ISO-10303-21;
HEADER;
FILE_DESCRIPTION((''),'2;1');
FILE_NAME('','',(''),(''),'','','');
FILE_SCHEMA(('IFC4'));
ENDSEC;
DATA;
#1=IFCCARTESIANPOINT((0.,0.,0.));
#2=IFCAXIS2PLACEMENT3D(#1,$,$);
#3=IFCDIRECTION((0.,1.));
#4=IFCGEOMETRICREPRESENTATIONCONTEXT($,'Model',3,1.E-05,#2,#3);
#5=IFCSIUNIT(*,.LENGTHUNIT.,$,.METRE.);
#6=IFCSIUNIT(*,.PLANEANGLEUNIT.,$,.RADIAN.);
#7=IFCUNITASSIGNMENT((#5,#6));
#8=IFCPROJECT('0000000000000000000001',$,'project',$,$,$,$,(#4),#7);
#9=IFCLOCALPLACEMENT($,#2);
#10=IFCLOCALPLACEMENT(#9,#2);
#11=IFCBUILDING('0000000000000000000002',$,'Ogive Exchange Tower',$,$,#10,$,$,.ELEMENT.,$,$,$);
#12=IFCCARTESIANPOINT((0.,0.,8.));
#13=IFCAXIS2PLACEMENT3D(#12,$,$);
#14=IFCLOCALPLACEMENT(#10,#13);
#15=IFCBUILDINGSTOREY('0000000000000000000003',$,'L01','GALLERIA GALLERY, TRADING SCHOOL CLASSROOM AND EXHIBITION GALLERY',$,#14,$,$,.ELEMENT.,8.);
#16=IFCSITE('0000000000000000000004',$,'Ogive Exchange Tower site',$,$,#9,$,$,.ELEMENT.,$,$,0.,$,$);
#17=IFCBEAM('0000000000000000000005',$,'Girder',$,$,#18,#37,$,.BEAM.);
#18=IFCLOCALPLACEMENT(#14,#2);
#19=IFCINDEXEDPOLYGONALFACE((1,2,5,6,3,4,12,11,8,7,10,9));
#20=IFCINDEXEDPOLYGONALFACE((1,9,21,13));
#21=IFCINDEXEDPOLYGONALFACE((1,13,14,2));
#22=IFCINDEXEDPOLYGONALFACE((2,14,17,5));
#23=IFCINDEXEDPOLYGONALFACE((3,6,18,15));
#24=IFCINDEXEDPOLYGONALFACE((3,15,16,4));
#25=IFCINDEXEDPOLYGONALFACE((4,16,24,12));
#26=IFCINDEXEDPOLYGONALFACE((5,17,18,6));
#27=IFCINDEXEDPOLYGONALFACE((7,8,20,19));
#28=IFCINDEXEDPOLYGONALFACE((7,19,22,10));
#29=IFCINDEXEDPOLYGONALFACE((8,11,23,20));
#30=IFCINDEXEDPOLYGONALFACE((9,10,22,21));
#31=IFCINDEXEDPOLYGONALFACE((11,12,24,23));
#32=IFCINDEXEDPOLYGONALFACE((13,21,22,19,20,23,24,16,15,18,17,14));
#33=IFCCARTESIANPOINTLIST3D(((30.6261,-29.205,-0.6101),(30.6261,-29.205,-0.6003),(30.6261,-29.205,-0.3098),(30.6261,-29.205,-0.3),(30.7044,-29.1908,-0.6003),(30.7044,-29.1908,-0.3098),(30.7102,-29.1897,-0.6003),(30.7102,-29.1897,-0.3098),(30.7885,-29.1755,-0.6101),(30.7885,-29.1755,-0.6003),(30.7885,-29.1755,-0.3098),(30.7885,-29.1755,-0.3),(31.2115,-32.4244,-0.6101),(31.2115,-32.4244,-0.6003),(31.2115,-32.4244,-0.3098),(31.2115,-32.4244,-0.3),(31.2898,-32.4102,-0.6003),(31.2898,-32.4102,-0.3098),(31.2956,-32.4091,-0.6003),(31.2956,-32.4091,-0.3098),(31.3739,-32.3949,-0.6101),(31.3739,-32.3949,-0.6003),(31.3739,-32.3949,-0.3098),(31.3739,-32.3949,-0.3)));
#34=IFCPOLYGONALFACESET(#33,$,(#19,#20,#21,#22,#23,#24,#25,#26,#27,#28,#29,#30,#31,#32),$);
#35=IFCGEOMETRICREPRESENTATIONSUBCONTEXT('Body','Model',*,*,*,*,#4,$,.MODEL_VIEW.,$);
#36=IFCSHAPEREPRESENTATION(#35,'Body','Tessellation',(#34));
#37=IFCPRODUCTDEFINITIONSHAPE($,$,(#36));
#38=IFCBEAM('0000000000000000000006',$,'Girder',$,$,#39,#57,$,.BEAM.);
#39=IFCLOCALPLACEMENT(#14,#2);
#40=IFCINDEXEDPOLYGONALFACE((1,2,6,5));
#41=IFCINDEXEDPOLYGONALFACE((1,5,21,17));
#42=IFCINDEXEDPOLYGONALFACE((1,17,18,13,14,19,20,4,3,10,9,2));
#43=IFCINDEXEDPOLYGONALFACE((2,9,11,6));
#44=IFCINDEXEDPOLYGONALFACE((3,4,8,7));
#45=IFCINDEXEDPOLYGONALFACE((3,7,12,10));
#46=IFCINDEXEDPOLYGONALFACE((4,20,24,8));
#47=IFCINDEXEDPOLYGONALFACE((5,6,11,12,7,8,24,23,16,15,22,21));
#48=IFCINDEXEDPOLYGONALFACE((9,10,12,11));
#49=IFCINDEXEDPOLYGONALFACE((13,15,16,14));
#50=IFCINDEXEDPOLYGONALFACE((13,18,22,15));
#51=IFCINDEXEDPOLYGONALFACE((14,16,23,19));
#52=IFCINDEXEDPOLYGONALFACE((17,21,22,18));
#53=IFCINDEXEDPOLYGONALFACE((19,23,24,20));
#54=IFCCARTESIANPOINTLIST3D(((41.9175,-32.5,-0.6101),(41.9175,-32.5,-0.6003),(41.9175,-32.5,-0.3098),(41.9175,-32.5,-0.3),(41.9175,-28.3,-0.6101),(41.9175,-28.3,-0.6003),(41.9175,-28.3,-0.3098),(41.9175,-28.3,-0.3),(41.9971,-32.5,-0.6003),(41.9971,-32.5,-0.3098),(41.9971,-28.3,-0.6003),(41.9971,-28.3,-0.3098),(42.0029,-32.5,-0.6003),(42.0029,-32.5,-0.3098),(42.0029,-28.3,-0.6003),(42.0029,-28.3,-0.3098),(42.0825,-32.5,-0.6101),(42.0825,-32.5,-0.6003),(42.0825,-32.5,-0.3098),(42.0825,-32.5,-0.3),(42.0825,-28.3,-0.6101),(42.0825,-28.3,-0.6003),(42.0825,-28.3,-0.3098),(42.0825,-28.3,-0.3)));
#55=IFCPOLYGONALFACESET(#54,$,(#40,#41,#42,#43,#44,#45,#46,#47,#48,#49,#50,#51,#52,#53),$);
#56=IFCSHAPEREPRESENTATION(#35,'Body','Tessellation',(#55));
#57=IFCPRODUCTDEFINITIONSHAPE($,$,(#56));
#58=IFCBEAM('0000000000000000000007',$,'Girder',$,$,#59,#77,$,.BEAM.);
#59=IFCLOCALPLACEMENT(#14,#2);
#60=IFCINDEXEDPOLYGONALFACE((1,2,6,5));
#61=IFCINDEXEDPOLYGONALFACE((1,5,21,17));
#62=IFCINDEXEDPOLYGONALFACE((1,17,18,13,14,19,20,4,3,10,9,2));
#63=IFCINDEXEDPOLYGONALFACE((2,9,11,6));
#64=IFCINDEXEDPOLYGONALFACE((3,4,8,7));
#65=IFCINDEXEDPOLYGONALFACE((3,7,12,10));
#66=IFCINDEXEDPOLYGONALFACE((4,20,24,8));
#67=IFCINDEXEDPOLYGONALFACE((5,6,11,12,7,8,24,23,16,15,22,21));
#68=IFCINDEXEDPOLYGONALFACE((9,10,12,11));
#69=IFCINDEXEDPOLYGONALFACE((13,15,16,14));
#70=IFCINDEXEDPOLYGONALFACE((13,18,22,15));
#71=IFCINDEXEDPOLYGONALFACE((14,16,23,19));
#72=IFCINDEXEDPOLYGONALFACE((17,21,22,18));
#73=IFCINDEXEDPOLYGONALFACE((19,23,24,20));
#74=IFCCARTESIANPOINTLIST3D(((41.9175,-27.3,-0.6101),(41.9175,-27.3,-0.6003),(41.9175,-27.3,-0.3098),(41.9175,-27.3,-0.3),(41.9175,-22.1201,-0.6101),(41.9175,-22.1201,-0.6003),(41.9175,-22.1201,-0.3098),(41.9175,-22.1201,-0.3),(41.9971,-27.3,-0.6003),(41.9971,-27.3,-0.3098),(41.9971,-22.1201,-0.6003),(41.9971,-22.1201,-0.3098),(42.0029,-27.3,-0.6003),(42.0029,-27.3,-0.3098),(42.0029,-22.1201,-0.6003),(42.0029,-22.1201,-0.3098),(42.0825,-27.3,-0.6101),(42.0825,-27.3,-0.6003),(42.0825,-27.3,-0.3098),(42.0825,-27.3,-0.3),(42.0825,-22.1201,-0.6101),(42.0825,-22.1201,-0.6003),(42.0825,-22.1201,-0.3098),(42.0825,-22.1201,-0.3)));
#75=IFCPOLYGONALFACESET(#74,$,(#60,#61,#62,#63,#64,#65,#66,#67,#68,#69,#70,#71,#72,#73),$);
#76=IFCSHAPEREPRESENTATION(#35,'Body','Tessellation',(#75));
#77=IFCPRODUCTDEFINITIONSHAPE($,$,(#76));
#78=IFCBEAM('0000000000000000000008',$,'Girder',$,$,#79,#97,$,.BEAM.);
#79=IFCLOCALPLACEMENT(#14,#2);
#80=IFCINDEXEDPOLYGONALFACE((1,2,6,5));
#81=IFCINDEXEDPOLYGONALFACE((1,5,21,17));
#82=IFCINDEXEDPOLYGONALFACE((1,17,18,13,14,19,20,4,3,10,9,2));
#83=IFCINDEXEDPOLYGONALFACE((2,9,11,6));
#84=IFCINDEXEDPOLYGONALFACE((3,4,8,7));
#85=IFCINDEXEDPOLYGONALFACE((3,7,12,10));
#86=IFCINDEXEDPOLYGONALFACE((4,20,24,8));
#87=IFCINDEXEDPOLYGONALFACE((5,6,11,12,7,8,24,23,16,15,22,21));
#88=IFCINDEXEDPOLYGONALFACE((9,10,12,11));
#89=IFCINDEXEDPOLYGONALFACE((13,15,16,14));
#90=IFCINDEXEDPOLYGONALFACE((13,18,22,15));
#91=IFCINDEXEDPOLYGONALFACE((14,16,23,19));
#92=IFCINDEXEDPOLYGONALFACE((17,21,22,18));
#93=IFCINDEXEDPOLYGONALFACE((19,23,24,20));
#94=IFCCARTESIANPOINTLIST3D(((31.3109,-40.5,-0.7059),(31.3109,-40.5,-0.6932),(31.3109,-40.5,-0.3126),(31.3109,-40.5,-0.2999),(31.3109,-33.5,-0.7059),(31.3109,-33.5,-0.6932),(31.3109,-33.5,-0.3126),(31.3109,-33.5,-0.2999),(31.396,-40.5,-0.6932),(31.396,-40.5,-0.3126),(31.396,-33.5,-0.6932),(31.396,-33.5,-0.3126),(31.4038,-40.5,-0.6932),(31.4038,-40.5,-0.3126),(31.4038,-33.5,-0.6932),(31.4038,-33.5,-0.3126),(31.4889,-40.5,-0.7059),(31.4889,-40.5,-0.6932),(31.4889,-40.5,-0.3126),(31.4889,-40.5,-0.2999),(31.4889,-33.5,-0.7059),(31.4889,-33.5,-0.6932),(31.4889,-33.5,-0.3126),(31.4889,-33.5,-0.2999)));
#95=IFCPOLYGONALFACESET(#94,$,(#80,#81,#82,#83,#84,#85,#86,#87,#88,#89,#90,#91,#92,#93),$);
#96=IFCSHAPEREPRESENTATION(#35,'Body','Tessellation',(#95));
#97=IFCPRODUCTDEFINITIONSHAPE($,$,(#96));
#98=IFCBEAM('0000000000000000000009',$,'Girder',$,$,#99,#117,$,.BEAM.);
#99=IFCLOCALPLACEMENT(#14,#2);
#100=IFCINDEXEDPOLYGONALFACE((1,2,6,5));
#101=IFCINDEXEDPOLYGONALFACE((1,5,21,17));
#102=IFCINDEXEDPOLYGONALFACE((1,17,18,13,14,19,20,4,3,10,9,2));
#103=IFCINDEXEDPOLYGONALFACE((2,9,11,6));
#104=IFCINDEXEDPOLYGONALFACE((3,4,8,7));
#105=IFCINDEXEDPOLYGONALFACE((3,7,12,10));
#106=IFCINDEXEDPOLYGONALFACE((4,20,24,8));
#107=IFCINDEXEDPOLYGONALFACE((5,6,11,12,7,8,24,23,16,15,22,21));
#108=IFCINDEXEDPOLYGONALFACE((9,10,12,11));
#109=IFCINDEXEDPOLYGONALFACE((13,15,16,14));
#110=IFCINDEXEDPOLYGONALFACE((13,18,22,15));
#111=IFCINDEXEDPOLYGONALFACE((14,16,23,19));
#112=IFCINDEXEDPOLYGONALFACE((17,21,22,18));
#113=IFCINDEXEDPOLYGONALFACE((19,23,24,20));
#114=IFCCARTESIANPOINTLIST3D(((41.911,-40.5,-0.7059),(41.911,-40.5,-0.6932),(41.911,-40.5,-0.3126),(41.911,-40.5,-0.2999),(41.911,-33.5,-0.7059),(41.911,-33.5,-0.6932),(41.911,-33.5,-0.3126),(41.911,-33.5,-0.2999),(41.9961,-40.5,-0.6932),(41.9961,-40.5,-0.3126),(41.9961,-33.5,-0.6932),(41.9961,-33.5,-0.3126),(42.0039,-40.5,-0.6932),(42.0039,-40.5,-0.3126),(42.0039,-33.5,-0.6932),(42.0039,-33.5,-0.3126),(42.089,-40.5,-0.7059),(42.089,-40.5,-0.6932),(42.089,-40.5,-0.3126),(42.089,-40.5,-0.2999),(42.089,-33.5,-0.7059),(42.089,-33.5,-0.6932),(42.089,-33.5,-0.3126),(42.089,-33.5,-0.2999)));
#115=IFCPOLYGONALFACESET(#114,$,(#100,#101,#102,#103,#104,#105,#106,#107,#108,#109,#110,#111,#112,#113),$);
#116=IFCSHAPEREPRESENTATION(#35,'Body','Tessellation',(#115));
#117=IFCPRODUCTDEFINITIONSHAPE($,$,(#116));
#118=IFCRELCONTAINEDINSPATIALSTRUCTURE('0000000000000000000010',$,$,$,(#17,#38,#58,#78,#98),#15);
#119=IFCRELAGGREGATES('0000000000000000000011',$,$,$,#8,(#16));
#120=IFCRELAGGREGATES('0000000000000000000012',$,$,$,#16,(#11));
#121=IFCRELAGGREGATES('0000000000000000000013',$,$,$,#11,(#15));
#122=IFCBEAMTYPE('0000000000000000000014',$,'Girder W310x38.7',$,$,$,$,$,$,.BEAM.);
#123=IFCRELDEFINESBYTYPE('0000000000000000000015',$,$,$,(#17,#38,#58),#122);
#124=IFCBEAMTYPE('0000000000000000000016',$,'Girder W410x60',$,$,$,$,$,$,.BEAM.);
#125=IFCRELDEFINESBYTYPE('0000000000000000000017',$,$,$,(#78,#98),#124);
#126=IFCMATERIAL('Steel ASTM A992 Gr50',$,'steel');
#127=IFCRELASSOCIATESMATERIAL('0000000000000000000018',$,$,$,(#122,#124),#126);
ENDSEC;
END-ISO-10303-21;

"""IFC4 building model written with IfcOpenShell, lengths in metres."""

from ifc_helpers import new_model, si_unit, direction, frame, origin, origin_2d, place, context, subcontext, project, spatial, i_section, extrude, material, material_profile, profile_set, type_object, element, save


model = new_model("IFC4")

# Units and contexts
model_context = context("Model", 3, precision=1e-05, world=origin(), true_north=direction((0.0, 1.0)))
body_context = subcontext(model_context, "Body", "Model", "MODEL_VIEW")
ifc_project = project(units=[si_unit("LENGTHUNIT", "METRE"), si_unit("PLANEANGLEUNIT", "RADIAN")], contexts=[model_context])

# Site, building, storey
site_placement = place(None, origin())
site = spatial("IfcSite", under=ifc_project, at=site_placement, Name="Ogive Exchange Tower site", CompositionType="ELEMENT", RefElevation=0.0)
building_placement = place(site_placement, origin())
building = spatial("IfcBuilding", under=site, at=building_placement, Name="Ogive Exchange Tower", CompositionType="ELEMENT")
storey_placement = place(building_placement, frame((0.0, 0.0, 8.0)))
storey = spatial("IfcBuildingStorey", under=building, at=storey_placement, Name="L01", Description="GALLERIA GALLERY, TRADING SCHOOL CLASSROOM AND EXHIBITION GALLERY", CompositionType="ELEMENT", Elevation=8.0)

# Beams
ifc_material_1 = material(Name="Steel ASTM A992 Gr50", Category="steel")
ifc_material_profile_1 = material_profile(ifc_material_1, i_section(OverallWidth=0.165, OverallDepth=0.3101, WebThickness=0.0059, FlangeThickness=0.0098, at=origin_2d()), Name="W310x38.7")
ifc_profile_set_1 = profile_set([ifc_material_profile_1], Name="Steel ASTM A992 Gr50")
beam_type_1 = type_object("IfcBeamType", Name="Girder W310x38.7", PredefinedType="BEAM", material=ifc_profile_set_1)
beam_1_placement = place(storey_placement, frame((31.2927, -32.4097, -0.4551), z_axis=(-0.178912, 0.983865, 0.0), x_axis=(-0.983865, -0.178912, 0.0)))
element("IfcBeam", 1, at=beam_1_placement, inside=storey, type_object=beam_type_1, Name="Girder", PredefinedType="BEAM", context=body_context, shape_type="SweptSolid", body=[
    extrude(i_section(OverallWidth=0.165, OverallDepth=0.3101, WebThickness=0.0059, FlangeThickness=0.0098, at=origin_2d()), origin(), (0.0, 0.0, 1.0), 3.2722),
])
beam_2_placement = place(storey_placement, frame((42.0, -32.5, -0.4551), z_axis=(0.0, 1.0, 0.0), x_axis=(-1.0, 0.0, 0.0)))
element("IfcBeam", 2, at=beam_2_placement, inside=storey, type_object=beam_type_1, Name="Girder", PredefinedType="BEAM", context=body_context, shape_type="SweptSolid", body=[
    extrude(i_section(OverallWidth=0.165, OverallDepth=0.3101, WebThickness=0.0059, FlangeThickness=0.0098, at=origin_2d()), origin(), (0.0, 0.0, 1.0), 4.2),
])
beam_3_placement = place(storey_placement, frame((42.0, -27.3, -0.4551), z_axis=(0.0, 1.0, 0.0), x_axis=(-1.0, 0.0, 0.0)))
element("IfcBeam", 3, at=beam_3_placement, inside=storey, type_object=beam_type_1, Name="Girder", PredefinedType="BEAM", context=body_context, shape_type="SweptSolid", body=[
    extrude(i_section(OverallWidth=0.165, OverallDepth=0.3101, WebThickness=0.0059, FlangeThickness=0.0098, at=origin_2d()), origin(), (0.0, 0.0, 1.0), 5.1799),
])
ifc_material_profile_2 = material_profile(ifc_material_1, i_section(OverallWidth=0.178, OverallDepth=0.406, WebThickness=0.0078, FlangeThickness=0.0127, at=origin_2d()), Name="W410x60")
ifc_profile_set_2 = profile_set([ifc_material_profile_2], Name="Steel ASTM A992 Gr50")
beam_type_2 = type_object("IfcBeamType", Name="Girder W410x60", PredefinedType="BEAM", material=ifc_profile_set_2)
for number, where, z_axis, x_axis, name in (
    (4, (31.3999, -40.5, -0.5029), (0.0, 1.0, 0.0), (-1.0, 0.0, 0.0), "Girder"),
    (5, (42.0, -40.5, -0.5029), (0.0, 1.0, 0.0), (-1.0, 0.0, 0.0), "Girder"),
):
    element("IfcBeam", number, at=place(storey_placement, frame(where, z_axis=z_axis, x_axis=x_axis)), inside=storey, type_object=beam_type_2, Name=name, PredefinedType="BEAM", context=body_context, shape_type="SweptSolid", body=[
        extrude(i_section(OverallWidth=0.178, OverallDepth=0.406, WebThickness=0.0078, FlangeThickness=0.0127, at=origin_2d()), origin(), (0.0, 0.0, 1.0), 7.0),
    ])

save(model, "model.ifc")
